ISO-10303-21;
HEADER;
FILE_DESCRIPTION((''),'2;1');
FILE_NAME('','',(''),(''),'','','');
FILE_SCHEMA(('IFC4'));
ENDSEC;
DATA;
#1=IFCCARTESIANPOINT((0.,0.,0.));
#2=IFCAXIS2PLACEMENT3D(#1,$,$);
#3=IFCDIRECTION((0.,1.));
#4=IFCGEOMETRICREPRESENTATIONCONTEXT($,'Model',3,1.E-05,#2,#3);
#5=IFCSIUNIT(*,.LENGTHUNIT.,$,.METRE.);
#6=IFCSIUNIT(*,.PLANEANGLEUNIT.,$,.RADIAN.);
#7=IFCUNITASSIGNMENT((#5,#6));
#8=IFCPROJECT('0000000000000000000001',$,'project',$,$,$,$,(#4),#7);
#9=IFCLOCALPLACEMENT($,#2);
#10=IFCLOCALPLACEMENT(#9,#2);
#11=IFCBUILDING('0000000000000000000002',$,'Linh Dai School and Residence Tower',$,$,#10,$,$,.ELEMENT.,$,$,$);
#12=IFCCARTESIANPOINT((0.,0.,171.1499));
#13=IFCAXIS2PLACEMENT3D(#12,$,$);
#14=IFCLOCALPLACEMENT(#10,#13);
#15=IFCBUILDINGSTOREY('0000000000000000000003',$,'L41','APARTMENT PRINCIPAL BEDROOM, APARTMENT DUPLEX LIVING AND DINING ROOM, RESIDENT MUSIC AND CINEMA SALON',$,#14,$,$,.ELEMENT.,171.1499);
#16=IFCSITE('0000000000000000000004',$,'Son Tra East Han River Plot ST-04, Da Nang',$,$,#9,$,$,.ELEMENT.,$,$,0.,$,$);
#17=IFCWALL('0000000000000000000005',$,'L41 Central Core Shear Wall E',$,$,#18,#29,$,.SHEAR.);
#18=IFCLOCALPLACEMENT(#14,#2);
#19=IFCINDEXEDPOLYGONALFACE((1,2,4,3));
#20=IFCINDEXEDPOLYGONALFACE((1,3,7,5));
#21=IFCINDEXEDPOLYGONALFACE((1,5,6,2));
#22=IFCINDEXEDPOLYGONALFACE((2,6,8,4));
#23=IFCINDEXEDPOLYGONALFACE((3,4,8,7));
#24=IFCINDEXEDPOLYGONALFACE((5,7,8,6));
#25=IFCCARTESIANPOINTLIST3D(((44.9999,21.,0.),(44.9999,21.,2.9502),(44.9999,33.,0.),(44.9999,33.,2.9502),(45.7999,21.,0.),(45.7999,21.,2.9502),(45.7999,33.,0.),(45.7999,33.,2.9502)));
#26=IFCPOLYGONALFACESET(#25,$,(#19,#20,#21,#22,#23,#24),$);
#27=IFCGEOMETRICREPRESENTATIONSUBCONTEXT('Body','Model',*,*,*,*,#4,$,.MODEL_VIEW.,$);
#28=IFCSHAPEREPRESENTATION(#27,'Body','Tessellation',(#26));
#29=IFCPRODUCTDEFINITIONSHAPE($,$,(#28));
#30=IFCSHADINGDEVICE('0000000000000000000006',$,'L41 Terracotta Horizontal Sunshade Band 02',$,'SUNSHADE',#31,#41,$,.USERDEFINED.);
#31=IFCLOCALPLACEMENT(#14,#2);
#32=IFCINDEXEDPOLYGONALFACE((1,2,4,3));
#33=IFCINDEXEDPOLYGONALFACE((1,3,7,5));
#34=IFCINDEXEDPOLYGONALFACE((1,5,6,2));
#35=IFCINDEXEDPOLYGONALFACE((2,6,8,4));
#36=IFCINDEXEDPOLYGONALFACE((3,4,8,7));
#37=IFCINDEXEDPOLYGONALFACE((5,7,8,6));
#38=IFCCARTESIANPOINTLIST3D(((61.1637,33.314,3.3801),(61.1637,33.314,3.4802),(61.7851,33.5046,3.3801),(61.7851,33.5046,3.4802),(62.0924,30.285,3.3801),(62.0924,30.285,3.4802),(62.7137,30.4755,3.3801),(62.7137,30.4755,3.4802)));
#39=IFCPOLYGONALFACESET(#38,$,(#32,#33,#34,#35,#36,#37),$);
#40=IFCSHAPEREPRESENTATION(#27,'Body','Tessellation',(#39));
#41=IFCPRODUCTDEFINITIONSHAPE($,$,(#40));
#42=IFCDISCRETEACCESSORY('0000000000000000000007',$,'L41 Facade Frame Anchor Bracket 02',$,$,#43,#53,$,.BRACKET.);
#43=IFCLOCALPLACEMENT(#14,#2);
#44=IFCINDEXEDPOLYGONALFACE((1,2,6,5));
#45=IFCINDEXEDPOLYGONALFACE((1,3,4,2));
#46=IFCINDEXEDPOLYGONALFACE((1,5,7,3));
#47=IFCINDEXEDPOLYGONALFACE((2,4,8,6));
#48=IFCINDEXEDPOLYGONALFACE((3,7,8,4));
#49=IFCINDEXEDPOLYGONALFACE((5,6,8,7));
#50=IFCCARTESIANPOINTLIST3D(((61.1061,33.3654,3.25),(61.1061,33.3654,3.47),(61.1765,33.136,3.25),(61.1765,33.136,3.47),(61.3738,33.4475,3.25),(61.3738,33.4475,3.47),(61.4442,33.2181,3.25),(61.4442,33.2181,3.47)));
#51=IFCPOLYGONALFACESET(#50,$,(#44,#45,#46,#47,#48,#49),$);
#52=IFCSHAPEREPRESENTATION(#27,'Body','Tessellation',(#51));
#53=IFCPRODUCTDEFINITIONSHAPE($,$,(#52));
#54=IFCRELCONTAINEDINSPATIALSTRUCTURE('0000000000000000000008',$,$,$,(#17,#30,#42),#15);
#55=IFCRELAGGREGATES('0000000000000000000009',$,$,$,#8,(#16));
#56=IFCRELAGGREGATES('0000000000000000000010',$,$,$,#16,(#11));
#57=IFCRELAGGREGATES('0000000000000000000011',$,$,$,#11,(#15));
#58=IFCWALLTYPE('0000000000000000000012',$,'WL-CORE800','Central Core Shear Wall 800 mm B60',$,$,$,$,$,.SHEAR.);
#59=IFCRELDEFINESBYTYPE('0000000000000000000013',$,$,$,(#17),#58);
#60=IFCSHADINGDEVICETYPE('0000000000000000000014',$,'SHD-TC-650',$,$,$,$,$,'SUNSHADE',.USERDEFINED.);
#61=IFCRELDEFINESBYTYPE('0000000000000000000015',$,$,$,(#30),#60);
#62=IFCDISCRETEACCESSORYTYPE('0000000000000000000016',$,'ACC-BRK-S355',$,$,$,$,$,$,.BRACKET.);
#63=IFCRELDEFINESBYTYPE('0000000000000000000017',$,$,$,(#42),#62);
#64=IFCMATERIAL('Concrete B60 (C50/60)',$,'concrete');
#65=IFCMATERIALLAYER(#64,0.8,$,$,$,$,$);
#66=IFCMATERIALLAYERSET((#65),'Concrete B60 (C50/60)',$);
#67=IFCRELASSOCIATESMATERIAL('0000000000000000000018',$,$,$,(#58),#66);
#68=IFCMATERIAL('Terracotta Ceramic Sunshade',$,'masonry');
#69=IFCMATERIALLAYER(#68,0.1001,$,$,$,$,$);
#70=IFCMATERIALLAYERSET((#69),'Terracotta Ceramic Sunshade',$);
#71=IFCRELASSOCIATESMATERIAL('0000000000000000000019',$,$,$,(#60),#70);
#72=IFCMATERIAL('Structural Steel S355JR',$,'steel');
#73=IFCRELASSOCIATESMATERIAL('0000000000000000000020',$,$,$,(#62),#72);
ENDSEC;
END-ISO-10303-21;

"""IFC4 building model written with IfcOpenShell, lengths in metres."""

from ifc_helpers import new_model, si_unit, direction, frame, frame_2d, origin, origin_2d, place, context, subcontext, project, spatial, rectangle, extrude, source, transform, mapped, material, layer, layer_set, type_object, element, save


model = new_model("IFC4")

# Units and contexts
model_context = context("Model", 3, precision=1e-05, world=origin(), true_north=direction((0.0, 1.0)))
body_context = subcontext(model_context, "Body", "Model", "MODEL_VIEW")
ifc_project = project(units=[si_unit("LENGTHUNIT", "METRE"), si_unit("PLANEANGLEUNIT", "RADIAN")], contexts=[model_context])

# Site, building, storey
site_placement = place(None, origin())
site = spatial("IfcSite", under=ifc_project, at=site_placement, Name="Son Tra East Han River Plot ST-04, Da Nang", CompositionType="ELEMENT", RefElevation=0.0)
building_placement = place(site_placement, origin())
building = spatial("IfcBuilding", under=site, at=building_placement, Name="Linh Dai School and Residence Tower", CompositionType="ELEMENT")
storey_placement = place(building_placement, frame((0.0, 0.0, 171.1499)))
storey = spatial("IfcBuildingStorey", under=building, at=storey_placement, Name="L41", Description="APARTMENT PRINCIPAL BEDROOM, APARTMENT DUPLEX LIVING AND DINING ROOM, RESIDENT MUSIC AND CINEMA SALON", CompositionType="ELEMENT", Elevation=171.1499)

# Shared definitions
ifc_material_1 = material(Name="Concrete B60 (C50/60)", Category="concrete")
ifc_material_2 = material(Name="Structural Steel S355JR", Category="steel")

# Wall
ifc_layer_1 = layer(ifc_material_1, 0.8)
ifc_layer_set_1 = layer_set([ifc_layer_1], Name="Concrete B60 (C50/60)")
wall_type_1 = type_object("IfcWallType", Name="WL-CORE800", Description="Central Core Shear Wall 800 mm B60", PredefinedType="SHEAR", material=ifc_layer_set_1)
wall_1_placement = place(storey_placement, frame((45.3999, 33.0, 0.0), z_axis=(0.0, 0.0, 1.0), x_axis=(0.0, -1.0, 0.0)))
element("IfcWall", 1, at=wall_1_placement, inside=storey, type_object=wall_type_1, Name="L41 Central Core Shear Wall E", PredefinedType="SHEAR", context=body_context, shape_type="SweptSolid", body=[
    extrude(rectangle(XDim=12.0, YDim=0.8, at=frame_2d((6.0, 0.0))), origin(), (0.0, 0.0, 1.0), 2.9502),
])

# Shading device
ifc_material_3 = material(Name="Terracotta Ceramic Sunshade", Category="masonry")
ifc_layer_2 = layer(ifc_material_3, 0.1001)
ifc_layer_set_2 = layer_set([ifc_layer_2], Name="Terracotta Ceramic Sunshade")
shading_device_type = type_object("IfcShadingDeviceType", Name="SHD-TC-650", ElementType="SUNSHADE", PredefinedType="USERDEFINED", material=ifc_layer_set_2)
shared_shape_1 = source(origin(), body_context, "Body", "SweptSolid", [
    extrude(rectangle(XDim=3.1682, YDim=0.6499, at=origin_2d()), origin(), (0.0, 0.0, 1.0), 0.1001),
])
shading_device_placement = place(storey_placement, frame((61.9387, 31.8948, 3.3801), z_axis=(0.0, 0.0, 1.0), x_axis=(0.293122, -0.956075, 0.0)))
element("IfcShadingDevice", 2, at=shading_device_placement, inside=storey, type_object=shading_device_type, Name="L41 Terracotta Horizontal Sunshade Band 02", ObjectType="SUNSHADE", PredefinedType="USERDEFINED", context=body_context, shape_type="MappedRepresentation", body=[
    mapped(shared_shape_1, transform((0.0, 0.0, 0.0), x_axis=(1.0, 0.0, 0.0), y_axis=(0.0, 1.0, 0.0), z_axis=(0.0, 0.0, 1.0), scale=1.0)),
])

# Discrete accessory
discrete_accessory_type = type_object("IfcDiscreteAccessoryType", Name="ACC-BRK-S355", PredefinedType="BRACKET", material=ifc_material_2)
shared_shape_2 = source(origin(), body_context, "Body", "SweptSolid", [
    extrude(rectangle(XDim=0.28, YDim=0.24, at=origin_2d()), origin(), (0.0, 0.0, 1.0), 0.22),
])
discrete_accessory_placement = place(storey_placement, frame((61.2751, 33.2917, 3.25), z_axis=(0.0, 0.0, 1.0), x_axis=(0.956075, 0.293122, 0.0)))
element("IfcDiscreteAccessory", 3, at=discrete_accessory_placement, inside=storey, type_object=discrete_accessory_type, Name="L41 Facade Frame Anchor Bracket 02", PredefinedType="BRACKET", context=body_context, shape_type="MappedRepresentation", body=[
    mapped(shared_shape_2, transform((0.0, 0.0, 0.0), x_axis=(1.0, 0.0, 0.0), y_axis=(0.0, 1.0, 0.0), z_axis=(0.0, 0.0, 1.0), scale=1.0)),
])

save(model, "model.ifc")
